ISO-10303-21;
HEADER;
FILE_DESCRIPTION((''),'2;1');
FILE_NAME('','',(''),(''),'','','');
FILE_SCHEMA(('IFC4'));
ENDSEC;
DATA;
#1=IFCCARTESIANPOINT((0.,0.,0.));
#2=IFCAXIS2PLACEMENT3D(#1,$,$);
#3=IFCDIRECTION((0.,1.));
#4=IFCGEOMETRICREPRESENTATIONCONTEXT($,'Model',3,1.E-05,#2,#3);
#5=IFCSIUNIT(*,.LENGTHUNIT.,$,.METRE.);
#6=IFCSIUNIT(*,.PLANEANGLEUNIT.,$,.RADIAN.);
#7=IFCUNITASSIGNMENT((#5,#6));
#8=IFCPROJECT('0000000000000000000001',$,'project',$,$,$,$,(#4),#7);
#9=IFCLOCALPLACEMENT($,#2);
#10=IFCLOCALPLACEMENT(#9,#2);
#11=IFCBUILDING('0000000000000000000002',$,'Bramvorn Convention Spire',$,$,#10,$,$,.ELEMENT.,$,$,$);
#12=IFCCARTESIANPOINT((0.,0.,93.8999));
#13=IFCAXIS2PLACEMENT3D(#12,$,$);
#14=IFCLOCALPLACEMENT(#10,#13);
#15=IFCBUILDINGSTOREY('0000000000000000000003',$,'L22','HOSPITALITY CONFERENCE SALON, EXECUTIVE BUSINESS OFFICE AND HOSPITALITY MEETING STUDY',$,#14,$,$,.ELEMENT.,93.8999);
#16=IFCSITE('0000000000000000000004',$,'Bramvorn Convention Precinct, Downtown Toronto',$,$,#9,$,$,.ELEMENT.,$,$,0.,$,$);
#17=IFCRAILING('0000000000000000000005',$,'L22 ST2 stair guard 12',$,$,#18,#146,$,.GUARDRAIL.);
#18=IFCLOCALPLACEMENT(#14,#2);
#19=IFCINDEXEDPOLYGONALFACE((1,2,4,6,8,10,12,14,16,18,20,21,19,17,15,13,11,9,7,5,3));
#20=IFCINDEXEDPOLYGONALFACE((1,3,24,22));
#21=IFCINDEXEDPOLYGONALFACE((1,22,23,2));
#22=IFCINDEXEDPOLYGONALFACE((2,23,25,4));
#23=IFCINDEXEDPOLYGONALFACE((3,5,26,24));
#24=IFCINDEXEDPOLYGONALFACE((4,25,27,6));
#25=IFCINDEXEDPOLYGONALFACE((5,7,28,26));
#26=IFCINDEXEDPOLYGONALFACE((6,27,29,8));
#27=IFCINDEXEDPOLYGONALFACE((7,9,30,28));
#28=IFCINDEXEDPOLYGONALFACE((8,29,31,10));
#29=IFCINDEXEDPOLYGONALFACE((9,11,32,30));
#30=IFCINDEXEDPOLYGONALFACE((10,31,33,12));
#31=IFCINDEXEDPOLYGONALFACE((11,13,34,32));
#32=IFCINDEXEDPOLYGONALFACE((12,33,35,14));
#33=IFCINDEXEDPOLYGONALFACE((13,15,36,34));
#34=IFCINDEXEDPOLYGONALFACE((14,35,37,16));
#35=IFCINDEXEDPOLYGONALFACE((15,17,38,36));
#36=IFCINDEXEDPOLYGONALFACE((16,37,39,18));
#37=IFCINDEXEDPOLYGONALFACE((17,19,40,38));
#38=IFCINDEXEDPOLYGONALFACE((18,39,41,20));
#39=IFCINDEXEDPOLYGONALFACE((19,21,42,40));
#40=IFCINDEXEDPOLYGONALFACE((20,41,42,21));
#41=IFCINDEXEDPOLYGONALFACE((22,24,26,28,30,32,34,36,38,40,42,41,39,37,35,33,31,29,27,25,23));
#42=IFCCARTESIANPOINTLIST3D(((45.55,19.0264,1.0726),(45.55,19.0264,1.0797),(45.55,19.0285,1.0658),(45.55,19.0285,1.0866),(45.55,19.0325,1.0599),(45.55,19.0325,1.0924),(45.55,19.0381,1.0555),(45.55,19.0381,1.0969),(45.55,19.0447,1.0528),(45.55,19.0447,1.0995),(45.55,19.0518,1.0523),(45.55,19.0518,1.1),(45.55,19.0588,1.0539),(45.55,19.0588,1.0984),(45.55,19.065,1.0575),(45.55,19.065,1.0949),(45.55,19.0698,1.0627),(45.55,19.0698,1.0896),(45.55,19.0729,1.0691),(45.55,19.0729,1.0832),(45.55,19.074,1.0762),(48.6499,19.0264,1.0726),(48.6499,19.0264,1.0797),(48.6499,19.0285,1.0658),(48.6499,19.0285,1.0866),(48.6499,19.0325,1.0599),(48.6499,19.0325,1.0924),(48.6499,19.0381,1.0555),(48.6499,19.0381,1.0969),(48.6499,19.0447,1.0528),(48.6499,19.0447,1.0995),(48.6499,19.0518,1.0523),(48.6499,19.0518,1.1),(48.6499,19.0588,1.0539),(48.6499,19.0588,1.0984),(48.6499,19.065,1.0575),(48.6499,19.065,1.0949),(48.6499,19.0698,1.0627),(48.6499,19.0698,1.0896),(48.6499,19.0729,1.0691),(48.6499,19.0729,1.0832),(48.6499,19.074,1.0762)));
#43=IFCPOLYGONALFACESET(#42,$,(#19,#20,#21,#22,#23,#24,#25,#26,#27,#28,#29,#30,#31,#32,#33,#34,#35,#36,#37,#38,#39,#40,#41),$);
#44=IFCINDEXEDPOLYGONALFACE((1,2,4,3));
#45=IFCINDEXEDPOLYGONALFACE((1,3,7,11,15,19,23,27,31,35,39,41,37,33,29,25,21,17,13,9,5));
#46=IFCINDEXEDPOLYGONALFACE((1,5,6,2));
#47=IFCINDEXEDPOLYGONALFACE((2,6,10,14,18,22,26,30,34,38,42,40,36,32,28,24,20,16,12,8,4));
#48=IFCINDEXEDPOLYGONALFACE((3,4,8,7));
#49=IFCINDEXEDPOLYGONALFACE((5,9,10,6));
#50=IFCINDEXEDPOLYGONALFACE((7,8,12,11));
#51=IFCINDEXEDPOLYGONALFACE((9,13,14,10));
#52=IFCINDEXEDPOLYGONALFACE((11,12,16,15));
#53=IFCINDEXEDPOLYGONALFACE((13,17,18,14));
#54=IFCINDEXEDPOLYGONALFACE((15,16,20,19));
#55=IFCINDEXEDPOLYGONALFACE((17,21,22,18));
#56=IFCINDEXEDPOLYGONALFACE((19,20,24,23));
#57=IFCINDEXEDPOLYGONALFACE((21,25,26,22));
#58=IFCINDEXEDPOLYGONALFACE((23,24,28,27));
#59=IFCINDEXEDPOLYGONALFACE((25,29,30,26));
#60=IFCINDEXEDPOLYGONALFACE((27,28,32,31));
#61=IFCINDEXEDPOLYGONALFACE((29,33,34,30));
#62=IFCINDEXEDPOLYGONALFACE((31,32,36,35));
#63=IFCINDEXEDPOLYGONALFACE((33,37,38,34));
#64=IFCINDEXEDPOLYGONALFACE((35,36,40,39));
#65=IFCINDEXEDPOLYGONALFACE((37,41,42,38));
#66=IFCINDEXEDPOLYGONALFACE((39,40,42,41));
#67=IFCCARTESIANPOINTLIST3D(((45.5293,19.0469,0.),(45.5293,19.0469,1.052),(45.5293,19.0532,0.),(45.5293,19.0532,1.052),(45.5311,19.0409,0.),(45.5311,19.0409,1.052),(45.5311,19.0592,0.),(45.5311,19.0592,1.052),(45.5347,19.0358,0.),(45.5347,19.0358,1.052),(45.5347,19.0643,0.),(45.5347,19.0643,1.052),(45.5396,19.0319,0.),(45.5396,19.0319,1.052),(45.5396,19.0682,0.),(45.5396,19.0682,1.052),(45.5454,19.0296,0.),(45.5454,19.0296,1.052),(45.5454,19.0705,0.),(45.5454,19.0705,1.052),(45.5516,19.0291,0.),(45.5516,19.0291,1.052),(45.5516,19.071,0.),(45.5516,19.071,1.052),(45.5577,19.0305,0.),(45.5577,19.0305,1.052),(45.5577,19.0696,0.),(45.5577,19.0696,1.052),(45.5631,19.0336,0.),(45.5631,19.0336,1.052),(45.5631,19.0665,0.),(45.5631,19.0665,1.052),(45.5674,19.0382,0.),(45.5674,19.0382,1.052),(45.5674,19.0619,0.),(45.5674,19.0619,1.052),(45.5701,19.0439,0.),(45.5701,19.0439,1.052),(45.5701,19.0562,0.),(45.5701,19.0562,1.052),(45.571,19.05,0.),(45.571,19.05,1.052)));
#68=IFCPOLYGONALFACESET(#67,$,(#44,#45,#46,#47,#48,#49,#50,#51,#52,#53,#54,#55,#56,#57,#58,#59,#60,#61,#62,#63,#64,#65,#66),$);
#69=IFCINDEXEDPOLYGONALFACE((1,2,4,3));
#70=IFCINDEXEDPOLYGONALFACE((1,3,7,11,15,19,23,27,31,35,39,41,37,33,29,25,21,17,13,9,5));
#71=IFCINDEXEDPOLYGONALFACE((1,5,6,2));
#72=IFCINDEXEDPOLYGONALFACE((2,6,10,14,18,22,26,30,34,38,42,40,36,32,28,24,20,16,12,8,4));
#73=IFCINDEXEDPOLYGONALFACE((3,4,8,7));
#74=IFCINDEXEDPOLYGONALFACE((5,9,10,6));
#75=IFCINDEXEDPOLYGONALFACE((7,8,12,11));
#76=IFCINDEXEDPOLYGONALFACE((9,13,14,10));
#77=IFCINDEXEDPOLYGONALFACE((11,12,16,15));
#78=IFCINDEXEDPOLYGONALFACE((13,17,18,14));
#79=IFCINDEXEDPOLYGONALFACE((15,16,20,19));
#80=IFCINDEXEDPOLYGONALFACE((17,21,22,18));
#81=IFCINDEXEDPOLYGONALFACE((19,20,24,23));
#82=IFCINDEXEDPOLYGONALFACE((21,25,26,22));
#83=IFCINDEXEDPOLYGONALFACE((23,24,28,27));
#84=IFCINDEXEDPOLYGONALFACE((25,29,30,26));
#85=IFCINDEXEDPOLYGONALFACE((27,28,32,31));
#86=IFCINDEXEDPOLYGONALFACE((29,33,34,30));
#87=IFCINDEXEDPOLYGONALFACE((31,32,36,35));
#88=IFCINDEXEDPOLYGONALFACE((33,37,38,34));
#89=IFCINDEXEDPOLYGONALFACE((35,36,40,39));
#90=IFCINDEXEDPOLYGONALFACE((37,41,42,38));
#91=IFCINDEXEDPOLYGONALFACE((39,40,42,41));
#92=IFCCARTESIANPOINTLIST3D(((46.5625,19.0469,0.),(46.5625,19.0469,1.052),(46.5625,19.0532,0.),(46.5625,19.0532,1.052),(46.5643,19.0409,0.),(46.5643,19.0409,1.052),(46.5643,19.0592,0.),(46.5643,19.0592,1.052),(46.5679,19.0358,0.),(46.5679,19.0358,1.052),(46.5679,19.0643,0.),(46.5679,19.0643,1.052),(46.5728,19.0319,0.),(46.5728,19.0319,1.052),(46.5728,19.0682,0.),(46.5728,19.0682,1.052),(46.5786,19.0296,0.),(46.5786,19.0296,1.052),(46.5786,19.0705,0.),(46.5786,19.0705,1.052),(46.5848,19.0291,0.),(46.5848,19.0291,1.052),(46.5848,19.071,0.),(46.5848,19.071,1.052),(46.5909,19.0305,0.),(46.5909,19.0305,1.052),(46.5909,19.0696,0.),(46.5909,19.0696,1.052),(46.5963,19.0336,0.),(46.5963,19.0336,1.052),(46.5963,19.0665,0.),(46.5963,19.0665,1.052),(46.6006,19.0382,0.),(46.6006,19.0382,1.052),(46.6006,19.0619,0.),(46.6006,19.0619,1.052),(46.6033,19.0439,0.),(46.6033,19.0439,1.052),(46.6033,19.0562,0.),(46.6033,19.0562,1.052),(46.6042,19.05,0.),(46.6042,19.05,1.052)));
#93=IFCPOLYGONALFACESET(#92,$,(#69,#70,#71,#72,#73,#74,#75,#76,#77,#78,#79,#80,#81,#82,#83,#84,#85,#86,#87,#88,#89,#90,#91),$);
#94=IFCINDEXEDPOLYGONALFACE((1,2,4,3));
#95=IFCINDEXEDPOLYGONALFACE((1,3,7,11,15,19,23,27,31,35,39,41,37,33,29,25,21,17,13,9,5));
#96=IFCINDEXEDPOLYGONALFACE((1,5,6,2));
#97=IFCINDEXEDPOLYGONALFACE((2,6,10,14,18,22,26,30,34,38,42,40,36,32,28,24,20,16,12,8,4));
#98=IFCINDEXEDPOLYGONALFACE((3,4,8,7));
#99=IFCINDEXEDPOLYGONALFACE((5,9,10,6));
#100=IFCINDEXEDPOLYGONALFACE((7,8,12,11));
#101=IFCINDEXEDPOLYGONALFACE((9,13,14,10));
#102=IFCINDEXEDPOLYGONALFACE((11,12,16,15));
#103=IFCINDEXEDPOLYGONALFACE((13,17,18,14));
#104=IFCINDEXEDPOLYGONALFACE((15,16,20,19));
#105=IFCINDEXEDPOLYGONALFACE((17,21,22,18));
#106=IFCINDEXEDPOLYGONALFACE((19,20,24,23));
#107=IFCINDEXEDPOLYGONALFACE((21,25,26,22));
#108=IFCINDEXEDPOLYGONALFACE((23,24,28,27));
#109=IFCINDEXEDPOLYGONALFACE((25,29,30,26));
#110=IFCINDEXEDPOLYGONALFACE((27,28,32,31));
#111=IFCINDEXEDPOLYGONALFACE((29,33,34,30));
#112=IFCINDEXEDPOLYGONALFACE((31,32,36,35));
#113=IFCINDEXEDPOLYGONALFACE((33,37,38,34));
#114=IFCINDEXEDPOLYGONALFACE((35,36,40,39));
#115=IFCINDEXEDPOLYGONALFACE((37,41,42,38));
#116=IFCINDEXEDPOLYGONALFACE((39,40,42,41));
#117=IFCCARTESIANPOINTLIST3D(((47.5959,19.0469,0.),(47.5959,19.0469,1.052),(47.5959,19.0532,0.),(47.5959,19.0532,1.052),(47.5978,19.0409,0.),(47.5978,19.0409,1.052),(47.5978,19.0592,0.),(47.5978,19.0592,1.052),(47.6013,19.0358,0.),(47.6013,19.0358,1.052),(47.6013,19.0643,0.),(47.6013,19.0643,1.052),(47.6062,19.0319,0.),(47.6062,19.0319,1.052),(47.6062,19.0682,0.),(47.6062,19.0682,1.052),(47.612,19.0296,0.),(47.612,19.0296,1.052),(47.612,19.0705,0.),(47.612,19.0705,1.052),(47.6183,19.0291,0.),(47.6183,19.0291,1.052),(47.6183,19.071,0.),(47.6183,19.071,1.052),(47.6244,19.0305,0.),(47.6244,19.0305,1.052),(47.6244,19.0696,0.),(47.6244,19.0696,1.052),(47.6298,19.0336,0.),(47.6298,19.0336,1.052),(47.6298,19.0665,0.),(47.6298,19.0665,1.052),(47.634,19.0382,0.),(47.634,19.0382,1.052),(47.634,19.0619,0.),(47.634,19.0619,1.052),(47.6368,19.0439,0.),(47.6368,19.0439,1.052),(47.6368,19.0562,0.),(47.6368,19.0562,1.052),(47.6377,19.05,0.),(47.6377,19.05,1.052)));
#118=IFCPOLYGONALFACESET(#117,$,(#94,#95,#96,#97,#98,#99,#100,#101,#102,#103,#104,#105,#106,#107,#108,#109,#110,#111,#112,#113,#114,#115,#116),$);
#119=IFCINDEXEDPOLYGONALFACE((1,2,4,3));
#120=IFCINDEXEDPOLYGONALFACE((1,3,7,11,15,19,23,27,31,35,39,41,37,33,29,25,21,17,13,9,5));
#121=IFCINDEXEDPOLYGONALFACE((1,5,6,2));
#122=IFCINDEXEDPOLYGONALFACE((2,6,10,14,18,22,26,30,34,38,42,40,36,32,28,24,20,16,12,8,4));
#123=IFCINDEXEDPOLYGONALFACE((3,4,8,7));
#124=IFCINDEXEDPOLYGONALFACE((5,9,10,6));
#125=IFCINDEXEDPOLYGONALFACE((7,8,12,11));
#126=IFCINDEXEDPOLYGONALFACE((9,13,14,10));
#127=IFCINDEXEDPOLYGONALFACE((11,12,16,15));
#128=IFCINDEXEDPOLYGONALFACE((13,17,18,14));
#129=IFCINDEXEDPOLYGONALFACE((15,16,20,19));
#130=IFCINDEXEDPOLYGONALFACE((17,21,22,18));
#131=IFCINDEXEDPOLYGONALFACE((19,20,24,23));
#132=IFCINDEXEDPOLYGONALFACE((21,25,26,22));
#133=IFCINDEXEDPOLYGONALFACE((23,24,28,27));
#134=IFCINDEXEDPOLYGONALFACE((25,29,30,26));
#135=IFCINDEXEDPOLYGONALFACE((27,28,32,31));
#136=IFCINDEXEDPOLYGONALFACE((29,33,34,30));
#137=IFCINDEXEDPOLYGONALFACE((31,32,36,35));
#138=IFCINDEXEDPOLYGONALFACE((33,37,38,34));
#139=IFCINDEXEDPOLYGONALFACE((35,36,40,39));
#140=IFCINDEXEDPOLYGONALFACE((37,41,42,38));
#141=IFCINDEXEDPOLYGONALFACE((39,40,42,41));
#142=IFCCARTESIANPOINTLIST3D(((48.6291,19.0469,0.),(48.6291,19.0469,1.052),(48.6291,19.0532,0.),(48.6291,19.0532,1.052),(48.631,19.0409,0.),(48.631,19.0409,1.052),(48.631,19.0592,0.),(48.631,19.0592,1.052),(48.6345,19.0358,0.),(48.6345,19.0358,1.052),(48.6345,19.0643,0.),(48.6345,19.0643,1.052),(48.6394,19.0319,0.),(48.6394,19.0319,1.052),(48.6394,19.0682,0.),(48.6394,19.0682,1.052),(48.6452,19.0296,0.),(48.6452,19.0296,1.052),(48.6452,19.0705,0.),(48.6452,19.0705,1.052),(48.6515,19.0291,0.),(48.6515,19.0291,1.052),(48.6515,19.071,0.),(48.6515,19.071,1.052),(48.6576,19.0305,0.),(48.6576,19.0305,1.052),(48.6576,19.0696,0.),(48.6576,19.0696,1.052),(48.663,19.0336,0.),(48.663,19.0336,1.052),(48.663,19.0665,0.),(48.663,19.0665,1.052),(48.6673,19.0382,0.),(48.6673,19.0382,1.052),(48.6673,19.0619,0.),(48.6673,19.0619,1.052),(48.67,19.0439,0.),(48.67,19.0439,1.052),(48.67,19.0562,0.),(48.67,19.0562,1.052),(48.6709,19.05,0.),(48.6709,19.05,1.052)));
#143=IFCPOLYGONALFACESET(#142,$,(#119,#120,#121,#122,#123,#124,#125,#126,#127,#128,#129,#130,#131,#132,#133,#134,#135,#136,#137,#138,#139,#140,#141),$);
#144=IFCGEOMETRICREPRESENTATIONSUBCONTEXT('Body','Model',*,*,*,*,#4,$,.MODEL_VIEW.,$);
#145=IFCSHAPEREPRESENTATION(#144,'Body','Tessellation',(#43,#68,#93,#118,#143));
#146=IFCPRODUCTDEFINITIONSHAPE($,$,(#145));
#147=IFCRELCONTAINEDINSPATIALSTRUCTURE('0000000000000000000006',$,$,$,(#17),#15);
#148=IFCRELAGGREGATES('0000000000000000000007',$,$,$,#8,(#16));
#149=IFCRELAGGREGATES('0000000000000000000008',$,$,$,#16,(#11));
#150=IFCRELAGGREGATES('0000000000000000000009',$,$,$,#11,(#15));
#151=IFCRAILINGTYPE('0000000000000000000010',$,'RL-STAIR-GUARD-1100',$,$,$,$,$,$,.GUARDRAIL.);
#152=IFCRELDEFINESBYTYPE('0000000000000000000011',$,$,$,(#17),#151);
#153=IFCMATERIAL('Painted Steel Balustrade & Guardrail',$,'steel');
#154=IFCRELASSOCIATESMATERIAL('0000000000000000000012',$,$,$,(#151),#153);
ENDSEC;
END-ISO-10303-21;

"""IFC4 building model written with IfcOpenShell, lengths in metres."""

from ifc_helpers import new_model, si_unit, direction, frame, origin, origin_2d, place, context, subcontext, project, spatial, circle, extrude, material, type_object, element, save


model = new_model("IFC4")

# Units and contexts
model_context = context("Model", 3, precision=1e-05, world=origin(), true_north=direction((0.0, 1.0)))
body_context = subcontext(model_context, "Body", "Model", "MODEL_VIEW")
ifc_project = project(units=[si_unit("LENGTHUNIT", "METRE"), si_unit("PLANEANGLEUNIT", "RADIAN")], contexts=[model_context])

# Site, building, storey
site_placement = place(None, origin())
site = spatial("IfcSite", under=ifc_project, at=site_placement, Name="Bramvorn Convention Precinct, Downtown Toronto", CompositionType="ELEMENT", RefElevation=0.0)
building_placement = place(site_placement, origin())
building = spatial("IfcBuilding", under=site, at=building_placement, Name="Bramvorn Convention Spire", CompositionType="ELEMENT")
storey_placement = place(building_placement, frame((0.0, 0.0, 93.8999)))
storey = spatial("IfcBuildingStorey", under=building, at=storey_placement, Name="L22", Description="HOSPITALITY CONFERENCE SALON, EXECUTIVE BUSINESS OFFICE AND HOSPITALITY MEETING STUDY", CompositionType="ELEMENT", Elevation=93.8999)

# Railing
ifc_material_1 = material(Name="Painted Steel Balustrade & Guardrail", Category="steel")
railing_type = type_object("IfcRailingType", Name="RL-STAIR-GUARD-1100", PredefinedType="GUARDRAIL", material=ifc_material_1)
railing_1_placement = place(storey_placement, frame((45.55, 19.05, 0.0)))
element("IfcRailing", 1, at=railing_1_placement, inside=storey, type_object=railing_type, Name="L22 ST2 stair guard 12", PredefinedType="GUARDRAIL", context=body_context, shape_type="SweptSolid", body=[
    extrude(circle(Radius=0.0239, at=origin_2d()), frame((0.0, 0.0, 1.0762), z_axis=(1.0, 0.0, 0.0), x_axis=(0.0, 1.0, 0.0)), (0.0, 0.0, 1.0), 3.0999),
    extrude(circle(Radius=0.021, at=origin_2d()), origin(), (0.0, 0.0, 1.0), 1.052),
    extrude(circle(Radius=0.021, at=origin_2d()), frame((1.0332, 0.0, 0.0)), (0.0, 0.0, 1.0), 1.052),
    extrude(circle(Radius=0.021, at=origin_2d()), frame((2.0667, 0.0, 0.0)), (0.0, 0.0, 1.0), 1.052),
    extrude(circle(Radius=0.021, at=origin_2d()), frame((3.0999, 0.0, 0.0)), (0.0, 0.0, 1.0), 1.052),
])

save(model, "model.ifc")
